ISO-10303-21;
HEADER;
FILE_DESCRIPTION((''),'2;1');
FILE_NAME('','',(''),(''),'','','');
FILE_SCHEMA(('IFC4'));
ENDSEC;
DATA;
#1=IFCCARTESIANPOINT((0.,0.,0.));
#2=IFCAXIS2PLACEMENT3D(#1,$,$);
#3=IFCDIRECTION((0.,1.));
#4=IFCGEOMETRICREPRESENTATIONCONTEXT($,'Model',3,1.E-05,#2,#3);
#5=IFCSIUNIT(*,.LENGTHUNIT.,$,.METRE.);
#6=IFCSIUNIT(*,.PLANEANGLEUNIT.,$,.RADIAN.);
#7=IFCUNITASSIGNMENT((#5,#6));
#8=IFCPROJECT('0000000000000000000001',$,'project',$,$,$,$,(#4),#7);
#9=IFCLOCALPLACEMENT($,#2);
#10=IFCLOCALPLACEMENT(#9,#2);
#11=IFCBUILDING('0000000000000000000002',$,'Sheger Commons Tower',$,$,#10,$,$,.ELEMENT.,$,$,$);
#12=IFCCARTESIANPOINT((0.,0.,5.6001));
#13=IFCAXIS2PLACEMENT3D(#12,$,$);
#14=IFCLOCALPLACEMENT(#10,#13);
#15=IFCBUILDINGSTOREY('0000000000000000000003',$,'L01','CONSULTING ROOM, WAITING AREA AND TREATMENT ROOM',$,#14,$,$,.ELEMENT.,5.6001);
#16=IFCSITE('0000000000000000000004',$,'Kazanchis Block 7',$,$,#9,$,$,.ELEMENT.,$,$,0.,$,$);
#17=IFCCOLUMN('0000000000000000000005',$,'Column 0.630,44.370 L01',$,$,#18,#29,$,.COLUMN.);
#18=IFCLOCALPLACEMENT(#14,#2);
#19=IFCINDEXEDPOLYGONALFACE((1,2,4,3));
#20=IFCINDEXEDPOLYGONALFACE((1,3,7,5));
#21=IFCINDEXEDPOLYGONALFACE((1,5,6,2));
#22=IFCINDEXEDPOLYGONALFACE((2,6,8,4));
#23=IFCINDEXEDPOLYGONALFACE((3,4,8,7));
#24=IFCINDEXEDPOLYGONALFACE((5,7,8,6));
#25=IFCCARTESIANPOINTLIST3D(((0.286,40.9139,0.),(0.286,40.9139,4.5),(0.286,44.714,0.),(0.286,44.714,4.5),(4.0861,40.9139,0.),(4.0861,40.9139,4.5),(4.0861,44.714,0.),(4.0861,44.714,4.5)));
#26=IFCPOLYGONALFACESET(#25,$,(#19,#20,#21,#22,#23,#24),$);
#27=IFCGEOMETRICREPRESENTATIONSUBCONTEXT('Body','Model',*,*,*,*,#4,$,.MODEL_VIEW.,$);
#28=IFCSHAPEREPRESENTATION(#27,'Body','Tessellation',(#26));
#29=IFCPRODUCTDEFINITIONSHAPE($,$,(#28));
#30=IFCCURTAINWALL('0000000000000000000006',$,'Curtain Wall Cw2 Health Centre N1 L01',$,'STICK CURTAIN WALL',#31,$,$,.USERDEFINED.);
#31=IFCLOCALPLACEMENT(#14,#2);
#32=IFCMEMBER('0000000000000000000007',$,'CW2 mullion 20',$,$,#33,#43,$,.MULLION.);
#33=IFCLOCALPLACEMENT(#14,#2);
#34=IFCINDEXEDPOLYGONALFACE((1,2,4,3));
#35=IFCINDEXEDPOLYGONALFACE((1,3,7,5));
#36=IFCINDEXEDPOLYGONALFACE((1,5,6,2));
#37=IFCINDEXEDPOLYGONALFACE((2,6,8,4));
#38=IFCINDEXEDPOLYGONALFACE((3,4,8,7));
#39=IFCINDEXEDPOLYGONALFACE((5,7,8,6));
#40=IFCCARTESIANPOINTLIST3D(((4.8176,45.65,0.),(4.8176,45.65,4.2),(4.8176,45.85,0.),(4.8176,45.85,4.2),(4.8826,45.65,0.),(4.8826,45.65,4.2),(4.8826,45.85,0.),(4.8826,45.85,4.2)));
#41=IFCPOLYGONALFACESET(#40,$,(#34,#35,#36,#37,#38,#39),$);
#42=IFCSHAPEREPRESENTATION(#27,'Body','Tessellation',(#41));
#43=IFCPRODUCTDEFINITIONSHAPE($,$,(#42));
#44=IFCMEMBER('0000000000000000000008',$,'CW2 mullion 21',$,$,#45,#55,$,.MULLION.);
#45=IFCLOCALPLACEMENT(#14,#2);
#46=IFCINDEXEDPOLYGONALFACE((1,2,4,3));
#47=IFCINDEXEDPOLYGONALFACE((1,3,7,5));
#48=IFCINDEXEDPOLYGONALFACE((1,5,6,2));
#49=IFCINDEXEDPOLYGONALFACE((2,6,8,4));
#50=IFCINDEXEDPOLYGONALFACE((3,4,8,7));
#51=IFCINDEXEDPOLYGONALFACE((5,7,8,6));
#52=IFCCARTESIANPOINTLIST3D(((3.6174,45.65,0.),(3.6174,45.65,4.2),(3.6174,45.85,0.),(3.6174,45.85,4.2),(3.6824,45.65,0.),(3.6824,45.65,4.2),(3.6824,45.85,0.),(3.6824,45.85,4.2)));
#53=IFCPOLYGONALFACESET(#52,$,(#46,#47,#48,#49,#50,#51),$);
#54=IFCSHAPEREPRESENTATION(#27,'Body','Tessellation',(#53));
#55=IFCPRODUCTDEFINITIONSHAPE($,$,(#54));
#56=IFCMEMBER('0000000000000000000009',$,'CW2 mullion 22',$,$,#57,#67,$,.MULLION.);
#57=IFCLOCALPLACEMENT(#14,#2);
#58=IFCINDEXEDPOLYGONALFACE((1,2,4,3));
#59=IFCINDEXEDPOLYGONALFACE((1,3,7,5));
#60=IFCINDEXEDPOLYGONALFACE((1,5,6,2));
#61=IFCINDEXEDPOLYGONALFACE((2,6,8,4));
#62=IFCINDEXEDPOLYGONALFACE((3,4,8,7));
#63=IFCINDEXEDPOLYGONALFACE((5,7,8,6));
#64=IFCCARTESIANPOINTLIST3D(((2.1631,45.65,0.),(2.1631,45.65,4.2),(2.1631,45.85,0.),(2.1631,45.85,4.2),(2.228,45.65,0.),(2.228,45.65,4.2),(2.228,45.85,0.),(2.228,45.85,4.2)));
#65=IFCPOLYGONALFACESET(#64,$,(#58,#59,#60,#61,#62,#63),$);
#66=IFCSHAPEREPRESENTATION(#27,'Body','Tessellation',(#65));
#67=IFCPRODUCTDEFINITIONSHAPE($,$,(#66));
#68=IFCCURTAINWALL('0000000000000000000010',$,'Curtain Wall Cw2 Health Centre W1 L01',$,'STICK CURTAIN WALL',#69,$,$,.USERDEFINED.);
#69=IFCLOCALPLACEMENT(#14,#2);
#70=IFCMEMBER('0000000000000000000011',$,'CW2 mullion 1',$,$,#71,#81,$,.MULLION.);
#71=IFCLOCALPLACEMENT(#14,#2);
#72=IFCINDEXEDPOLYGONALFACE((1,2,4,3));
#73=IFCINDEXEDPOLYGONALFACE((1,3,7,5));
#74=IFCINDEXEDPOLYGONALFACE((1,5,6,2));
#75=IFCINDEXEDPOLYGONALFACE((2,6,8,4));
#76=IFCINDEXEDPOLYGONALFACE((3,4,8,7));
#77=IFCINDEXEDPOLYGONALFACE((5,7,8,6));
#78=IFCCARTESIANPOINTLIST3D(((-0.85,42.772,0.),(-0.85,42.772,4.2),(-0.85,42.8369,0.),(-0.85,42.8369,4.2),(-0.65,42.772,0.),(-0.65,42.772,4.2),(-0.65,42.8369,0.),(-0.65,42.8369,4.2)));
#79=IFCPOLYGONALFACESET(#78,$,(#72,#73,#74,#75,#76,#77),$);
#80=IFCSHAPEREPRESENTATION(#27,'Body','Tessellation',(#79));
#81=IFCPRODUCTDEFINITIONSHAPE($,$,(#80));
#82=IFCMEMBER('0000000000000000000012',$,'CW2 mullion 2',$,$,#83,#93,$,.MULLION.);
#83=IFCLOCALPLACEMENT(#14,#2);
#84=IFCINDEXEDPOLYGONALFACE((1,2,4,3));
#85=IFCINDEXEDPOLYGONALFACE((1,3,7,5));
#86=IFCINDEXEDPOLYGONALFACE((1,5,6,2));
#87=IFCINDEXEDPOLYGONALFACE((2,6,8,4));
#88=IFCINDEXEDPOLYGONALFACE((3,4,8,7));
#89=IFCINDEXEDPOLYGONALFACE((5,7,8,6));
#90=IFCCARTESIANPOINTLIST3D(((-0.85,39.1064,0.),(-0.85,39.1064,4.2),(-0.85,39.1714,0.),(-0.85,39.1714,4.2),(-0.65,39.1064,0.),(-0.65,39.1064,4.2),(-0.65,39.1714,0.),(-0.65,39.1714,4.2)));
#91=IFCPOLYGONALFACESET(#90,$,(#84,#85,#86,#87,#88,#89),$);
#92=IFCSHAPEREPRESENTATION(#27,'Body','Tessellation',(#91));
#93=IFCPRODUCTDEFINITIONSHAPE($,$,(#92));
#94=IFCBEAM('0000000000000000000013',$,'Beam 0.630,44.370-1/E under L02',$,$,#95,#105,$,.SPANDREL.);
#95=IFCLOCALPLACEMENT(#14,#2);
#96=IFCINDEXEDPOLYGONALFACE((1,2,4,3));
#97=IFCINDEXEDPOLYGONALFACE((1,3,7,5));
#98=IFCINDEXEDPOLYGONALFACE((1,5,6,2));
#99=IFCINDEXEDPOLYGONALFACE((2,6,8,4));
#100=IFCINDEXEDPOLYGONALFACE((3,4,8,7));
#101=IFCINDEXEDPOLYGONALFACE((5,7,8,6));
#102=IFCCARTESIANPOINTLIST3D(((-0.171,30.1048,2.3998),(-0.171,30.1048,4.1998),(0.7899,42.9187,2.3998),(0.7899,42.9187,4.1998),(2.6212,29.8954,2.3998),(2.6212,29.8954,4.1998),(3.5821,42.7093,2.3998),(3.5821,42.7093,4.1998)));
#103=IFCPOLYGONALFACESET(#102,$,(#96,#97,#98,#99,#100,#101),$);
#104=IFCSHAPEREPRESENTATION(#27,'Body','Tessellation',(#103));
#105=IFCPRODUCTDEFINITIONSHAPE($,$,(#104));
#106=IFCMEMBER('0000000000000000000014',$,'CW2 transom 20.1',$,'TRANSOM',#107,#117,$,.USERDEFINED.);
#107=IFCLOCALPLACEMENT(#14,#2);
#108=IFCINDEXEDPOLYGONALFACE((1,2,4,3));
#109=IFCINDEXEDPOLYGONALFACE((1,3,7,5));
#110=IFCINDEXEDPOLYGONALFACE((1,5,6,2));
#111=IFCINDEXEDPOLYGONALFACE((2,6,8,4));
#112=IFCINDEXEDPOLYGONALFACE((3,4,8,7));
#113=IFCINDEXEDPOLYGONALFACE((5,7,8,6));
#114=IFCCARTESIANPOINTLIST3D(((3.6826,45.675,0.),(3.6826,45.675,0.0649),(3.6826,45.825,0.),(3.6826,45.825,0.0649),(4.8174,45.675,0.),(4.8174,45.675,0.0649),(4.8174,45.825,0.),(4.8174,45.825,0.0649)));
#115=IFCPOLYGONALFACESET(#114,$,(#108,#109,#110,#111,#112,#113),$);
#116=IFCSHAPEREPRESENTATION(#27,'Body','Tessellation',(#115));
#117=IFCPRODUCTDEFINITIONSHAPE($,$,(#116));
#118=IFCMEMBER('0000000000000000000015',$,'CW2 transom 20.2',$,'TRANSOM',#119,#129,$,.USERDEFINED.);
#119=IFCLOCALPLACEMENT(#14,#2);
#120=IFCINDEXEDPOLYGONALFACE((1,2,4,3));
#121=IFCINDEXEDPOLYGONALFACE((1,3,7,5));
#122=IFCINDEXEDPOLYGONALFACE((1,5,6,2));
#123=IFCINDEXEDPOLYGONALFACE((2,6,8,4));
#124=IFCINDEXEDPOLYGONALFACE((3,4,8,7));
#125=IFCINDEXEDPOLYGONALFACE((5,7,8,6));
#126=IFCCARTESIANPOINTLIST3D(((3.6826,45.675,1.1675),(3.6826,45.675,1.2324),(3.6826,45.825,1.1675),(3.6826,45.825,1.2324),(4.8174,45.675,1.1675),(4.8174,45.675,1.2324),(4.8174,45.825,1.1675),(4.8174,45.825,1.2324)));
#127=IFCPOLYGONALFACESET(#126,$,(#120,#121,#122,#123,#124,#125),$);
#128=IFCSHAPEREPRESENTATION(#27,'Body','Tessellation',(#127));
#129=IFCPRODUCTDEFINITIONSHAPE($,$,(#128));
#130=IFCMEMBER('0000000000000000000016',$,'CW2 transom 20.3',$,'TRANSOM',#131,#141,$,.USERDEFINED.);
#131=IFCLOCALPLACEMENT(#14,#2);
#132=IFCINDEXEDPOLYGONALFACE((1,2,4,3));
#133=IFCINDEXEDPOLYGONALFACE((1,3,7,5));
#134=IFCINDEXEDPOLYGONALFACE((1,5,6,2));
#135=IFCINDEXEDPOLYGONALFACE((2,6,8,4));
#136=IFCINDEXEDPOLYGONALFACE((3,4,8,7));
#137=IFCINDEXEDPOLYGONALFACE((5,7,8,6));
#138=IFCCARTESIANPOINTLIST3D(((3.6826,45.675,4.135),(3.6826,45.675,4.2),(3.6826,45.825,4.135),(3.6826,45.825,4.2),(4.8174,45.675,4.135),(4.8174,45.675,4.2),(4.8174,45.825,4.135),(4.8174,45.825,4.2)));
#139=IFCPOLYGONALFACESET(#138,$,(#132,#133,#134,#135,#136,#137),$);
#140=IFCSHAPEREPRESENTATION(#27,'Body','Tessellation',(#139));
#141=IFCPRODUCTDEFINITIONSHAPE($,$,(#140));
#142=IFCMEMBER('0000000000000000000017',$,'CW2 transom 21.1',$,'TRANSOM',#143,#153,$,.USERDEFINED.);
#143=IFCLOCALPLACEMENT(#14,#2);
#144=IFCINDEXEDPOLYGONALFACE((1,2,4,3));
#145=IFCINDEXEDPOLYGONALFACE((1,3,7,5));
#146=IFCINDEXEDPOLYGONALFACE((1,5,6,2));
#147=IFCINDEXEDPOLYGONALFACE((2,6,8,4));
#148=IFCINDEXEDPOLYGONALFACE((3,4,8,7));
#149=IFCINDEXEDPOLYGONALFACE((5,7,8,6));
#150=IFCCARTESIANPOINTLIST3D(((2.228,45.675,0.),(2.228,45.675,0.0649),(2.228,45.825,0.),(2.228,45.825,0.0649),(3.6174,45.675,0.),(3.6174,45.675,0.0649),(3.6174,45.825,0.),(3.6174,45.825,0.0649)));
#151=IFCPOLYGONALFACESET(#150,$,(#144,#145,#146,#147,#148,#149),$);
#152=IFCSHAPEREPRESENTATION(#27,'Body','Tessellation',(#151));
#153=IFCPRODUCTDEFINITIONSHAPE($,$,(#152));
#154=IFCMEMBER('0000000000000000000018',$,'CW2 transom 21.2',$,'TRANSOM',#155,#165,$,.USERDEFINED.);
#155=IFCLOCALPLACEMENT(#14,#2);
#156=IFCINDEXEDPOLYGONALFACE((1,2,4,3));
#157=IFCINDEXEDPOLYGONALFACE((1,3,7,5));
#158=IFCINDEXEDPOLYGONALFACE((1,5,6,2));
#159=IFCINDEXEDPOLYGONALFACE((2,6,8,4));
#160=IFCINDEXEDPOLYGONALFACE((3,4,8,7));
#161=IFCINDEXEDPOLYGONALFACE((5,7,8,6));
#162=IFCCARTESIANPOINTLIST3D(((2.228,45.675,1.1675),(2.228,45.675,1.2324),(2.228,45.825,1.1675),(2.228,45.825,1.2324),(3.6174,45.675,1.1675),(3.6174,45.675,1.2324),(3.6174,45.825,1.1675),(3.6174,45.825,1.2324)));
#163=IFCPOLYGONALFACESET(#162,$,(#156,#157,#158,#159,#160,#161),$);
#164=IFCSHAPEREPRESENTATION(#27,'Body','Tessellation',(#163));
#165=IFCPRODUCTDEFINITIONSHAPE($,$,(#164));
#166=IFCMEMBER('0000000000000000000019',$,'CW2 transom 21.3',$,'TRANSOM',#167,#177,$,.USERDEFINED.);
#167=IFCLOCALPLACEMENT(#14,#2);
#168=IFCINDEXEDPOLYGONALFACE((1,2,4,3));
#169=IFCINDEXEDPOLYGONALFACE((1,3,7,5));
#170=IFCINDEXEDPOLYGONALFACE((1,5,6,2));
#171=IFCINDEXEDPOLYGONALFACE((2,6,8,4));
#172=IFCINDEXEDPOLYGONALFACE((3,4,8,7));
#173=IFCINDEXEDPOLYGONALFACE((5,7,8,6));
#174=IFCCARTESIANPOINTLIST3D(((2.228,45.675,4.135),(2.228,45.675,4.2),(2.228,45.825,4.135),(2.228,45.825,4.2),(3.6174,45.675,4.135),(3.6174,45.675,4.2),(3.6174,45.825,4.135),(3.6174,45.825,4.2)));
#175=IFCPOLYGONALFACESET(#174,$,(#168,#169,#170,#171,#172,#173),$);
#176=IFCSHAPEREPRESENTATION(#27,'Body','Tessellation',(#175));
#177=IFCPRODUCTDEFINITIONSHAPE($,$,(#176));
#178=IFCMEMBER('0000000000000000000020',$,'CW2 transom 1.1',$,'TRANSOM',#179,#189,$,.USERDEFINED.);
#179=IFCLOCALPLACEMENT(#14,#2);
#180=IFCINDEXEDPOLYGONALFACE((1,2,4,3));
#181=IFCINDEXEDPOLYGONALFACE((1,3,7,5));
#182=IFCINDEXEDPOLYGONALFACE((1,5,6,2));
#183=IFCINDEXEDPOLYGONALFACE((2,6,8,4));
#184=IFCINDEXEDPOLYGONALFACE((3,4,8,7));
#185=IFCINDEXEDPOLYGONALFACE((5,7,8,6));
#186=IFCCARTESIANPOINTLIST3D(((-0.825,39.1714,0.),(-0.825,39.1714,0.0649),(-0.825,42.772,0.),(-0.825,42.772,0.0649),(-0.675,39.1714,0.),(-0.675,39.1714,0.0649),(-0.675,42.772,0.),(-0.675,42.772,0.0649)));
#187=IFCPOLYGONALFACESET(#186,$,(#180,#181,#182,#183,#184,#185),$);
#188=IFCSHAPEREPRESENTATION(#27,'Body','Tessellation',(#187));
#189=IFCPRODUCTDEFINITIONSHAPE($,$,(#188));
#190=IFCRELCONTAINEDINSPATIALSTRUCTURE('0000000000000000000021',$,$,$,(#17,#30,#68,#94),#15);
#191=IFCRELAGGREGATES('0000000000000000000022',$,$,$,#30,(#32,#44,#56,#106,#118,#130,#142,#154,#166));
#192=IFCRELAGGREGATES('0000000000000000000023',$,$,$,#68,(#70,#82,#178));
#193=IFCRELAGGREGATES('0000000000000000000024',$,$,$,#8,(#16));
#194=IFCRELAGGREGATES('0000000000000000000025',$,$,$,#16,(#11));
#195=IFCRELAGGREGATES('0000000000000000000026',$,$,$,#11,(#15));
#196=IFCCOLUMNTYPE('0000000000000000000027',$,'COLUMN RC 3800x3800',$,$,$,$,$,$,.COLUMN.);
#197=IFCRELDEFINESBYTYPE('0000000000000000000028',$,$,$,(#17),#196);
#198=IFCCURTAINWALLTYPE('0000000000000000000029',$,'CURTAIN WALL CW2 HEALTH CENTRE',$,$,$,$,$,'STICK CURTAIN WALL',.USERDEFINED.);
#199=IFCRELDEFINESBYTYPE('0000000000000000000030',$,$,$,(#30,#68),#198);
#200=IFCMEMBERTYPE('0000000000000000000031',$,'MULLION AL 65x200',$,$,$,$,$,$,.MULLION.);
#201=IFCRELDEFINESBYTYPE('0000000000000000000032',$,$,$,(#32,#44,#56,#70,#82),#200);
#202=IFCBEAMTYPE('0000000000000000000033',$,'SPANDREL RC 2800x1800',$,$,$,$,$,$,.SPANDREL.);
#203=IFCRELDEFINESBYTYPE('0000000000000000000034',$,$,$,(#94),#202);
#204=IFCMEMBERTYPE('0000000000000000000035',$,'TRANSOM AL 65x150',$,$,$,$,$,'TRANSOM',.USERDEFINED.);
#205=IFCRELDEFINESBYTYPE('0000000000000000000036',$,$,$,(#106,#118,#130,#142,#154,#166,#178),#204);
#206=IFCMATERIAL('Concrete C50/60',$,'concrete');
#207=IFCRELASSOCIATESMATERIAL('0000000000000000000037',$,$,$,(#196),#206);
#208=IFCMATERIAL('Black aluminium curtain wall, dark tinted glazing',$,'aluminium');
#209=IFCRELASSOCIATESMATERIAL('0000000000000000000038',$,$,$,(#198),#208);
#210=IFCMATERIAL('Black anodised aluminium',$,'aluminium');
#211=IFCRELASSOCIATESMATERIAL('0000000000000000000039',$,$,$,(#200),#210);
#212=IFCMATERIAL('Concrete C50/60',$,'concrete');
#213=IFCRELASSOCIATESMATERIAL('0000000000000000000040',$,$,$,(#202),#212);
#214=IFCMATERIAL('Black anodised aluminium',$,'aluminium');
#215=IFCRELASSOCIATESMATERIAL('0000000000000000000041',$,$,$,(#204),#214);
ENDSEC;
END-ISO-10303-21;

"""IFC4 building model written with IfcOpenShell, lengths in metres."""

from ifc_helpers import new_model, si_unit, direction, frame, origin, origin_2d, place, context, subcontext, project, spatial, rectangle, extrude, material, material_profile, profile_set, type_object, element, aggregate, save


model = new_model("IFC4")

# Units and contexts
model_context = context("Model", 3, precision=1e-05, world=origin(), true_north=direction((0.0, 1.0)))
body_context = subcontext(model_context, "Body", "Model", "MODEL_VIEW")
ifc_project = project(units=[si_unit("LENGTHUNIT", "METRE"), si_unit("PLANEANGLEUNIT", "RADIAN")], contexts=[model_context])

# Site, building, storey
site_placement = place(None, origin())
site = spatial("IfcSite", under=ifc_project, at=site_placement, Name="Kazanchis Block 7", CompositionType="ELEMENT", RefElevation=0.0)
building_placement = place(site_placement, origin())
building = spatial("IfcBuilding", under=site, at=building_placement, Name="Sheger Commons Tower", CompositionType="ELEMENT")
storey_placement = place(building_placement, frame((0.0, 0.0, 5.6001)))
storey = spatial("IfcBuildingStorey", under=building, at=storey_placement, Name="L01", Description="CONSULTING ROOM, WAITING AREA AND TREATMENT ROOM", CompositionType="ELEMENT", Elevation=5.6001)

# Column
ifc_material_1 = material(Name="Concrete C50/60", Category="concrete")
ifc_material_profile_1 = material_profile(ifc_material_1, rectangle(XDim=3.8, YDim=3.8, at=origin_2d()), Name="RC 3800x3800")
ifc_profile_set_1 = profile_set([ifc_material_profile_1], Name="Concrete C50/60")
column_type = type_object("IfcColumnType", Name="COLUMN RC 3800x3800", PredefinedType="COLUMN", material=ifc_profile_set_1)
column_placement = place(storey_placement, frame((2.186, 42.814, 0.0), z_axis=(0.0, 0.0, 1.0), x_axis=(1.0, 0.0, 0.0)))
element("IfcColumn", 1, at=column_placement, inside=storey, type_object=column_type, Name="Column 0.630,44.370 L01", PredefinedType="COLUMN", context=body_context, shape_type="SweptSolid", body=[
    extrude(rectangle(XDim=3.8, YDim=3.8, at=origin_2d()), origin(), (0.0, 0.0, 1.0), 4.5),
])

# Curtain walls, members
ifc_material_2 = material(Name="Black aluminium curtain wall, dark tinted glazing", Category="aluminium")
curtain_wall_type = type_object("IfcCurtainWallType", Name="CURTAIN WALL CW2 HEALTH CENTRE", ElementType="STICK CURTAIN WALL", PredefinedType="USERDEFINED", material=ifc_material_2)
curtain_wall_1_placement = place(storey_placement, origin())
curtain_wall_1 = element("IfcCurtainWall", 2, at=curtain_wall_1_placement, inside=storey, type_object=curtain_wall_type, Name="Curtain Wall Cw2 Health Centre N1 L01", ObjectType="STICK CURTAIN WALL", PredefinedType="USERDEFINED")
ifc_material_3 = material(Name="Black anodised aluminium", Category="aluminium")
ifc_material_profile_2 = material_profile(ifc_material_3, rectangle(XDim=0.2, YDim=0.0649, at=origin_2d()), Name="AL 65x200")
ifc_profile_set_2 = profile_set([ifc_material_profile_2], Name="Black anodised aluminium")
member_type_1 = type_object("IfcMemberType", Name="MULLION AL 65x200", PredefinedType="MULLION", material=ifc_profile_set_2)
member_1_placement = place(storey_placement, frame((4.8501, 45.75, 0.0), z_axis=(0.0, 0.0, 1.0), x_axis=(0.0, -1.0, 0.0)))
member_1 = element("IfcMember", 3, at=member_1_placement, type_object=member_type_1, Name="CW2 mullion 20", PredefinedType="MULLION", context=body_context, shape_type="SweptSolid", body=[
    extrude(rectangle(XDim=0.2, YDim=0.0649, at=origin_2d()), origin(), (0.0, 0.0, 1.0), 4.2),
])
member_2_placement = place(storey_placement, frame((3.6499, 45.75, 0.0), z_axis=(0.0, 0.0, 1.0), x_axis=(0.0, -1.0, 0.0)))
member_2 = element("IfcMember", 4, at=member_2_placement, type_object=member_type_1, Name="CW2 mullion 21", PredefinedType="MULLION", context=body_context, shape_type="SweptSolid", body=[
    extrude(rectangle(XDim=0.2, YDim=0.0649, at=origin_2d()), origin(), (0.0, 0.0, 1.0), 4.2),
])
member_3_placement = place(storey_placement, frame((2.1956, 45.75, 0.0), z_axis=(0.0, 0.0, 1.0), x_axis=(0.0, -1.0, 0.0)))
member_3 = element("IfcMember", 5, at=member_3_placement, type_object=member_type_1, Name="CW2 mullion 22", PredefinedType="MULLION", context=body_context, shape_type="SweptSolid", body=[
    extrude(rectangle(XDim=0.2, YDim=0.0649, at=origin_2d()), origin(), (0.0, 0.0, 1.0), 4.2),
])
curtain_wall_2_placement = place(storey_placement, origin())
curtain_wall_2 = element("IfcCurtainWall", 6, at=curtain_wall_2_placement, inside=storey, type_object=curtain_wall_type, Name="Curtain Wall Cw2 Health Centre W1 L01", ObjectType="STICK CURTAIN WALL", PredefinedType="USERDEFINED")
member_4_placement = place(storey_placement, frame((-0.75, 42.8044, 0.0), z_axis=(0.0, 0.0, 1.0), x_axis=(1.0, 0.0, 0.0)))
member_4 = element("IfcMember", 7, at=member_4_placement, type_object=member_type_1, Name="CW2 mullion 1", PredefinedType="MULLION", context=body_context, shape_type="SweptSolid", body=[
    extrude(rectangle(XDim=0.2, YDim=0.0649, at=origin_2d()), origin(), (0.0, 0.0, 1.0), 4.2),
])
member_5_placement = place(storey_placement, frame((-0.75, 39.1389, 0.0), z_axis=(0.0, 0.0, 1.0), x_axis=(1.0, 0.0, 0.0)))
member_5 = element("IfcMember", 8, at=member_5_placement, type_object=member_type_1, Name="CW2 mullion 2", PredefinedType="MULLION", context=body_context, shape_type="SweptSolid", body=[
    extrude(rectangle(XDim=0.2, YDim=0.0649, at=origin_2d()), origin(), (0.0, 0.0, 1.0), 4.2),
])

# Beam
ifc_material_4 = material(Name="Concrete C50/60", Category="concrete")
ifc_material_profile_3 = material_profile(ifc_material_4, rectangle(XDim=2.8, YDim=1.8, at=origin_2d()), Name="RC 2800x1800")
ifc_profile_set_3 = profile_set([ifc_material_profile_3], Name="Concrete C50/60")
beam_type = type_object("IfcBeamType", Name="SPANDREL RC 2800x1800", PredefinedType="SPANDREL", material=ifc_profile_set_3)
beam_placement = place(storey_placement, frame((2.186, 42.814, 3.2998), z_axis=(-0.074781, -0.9972, 0.0), x_axis=(0.9972, -0.074781, 0.0)))
element("IfcBeam", 9, at=beam_placement, inside=storey, type_object=beam_type, Name="Beam 0.630,44.370-1/E under L02", PredefinedType="SPANDREL", context=body_context, shape_type="SweptSolid", body=[
    extrude(rectangle(XDim=2.8, YDim=1.8, at=origin_2d()), origin(), (0.0, 0.0, 1.0), 12.8499),
])

# Members
ifc_material_5 = material(Name="Black anodised aluminium", Category="aluminium")
ifc_material_profile_4 = material_profile(ifc_material_5, rectangle(XDim=0.1499, YDim=0.0649, at=origin_2d()), Name="AL 65x150")
ifc_profile_set_4 = profile_set([ifc_material_profile_4], Name="Black anodised aluminium")
member_type_2 = type_object("IfcMemberType", Name="TRANSOM AL 65x150", ElementType="TRANSOM", PredefinedType="USERDEFINED", material=ifc_profile_set_4)
member_6_placement = place(storey_placement, frame((4.8174, 45.75, 0.0325), z_axis=(-1.0, 0.0, 0.0), x_axis=(0.0, -1.0, 0.0)))
member_6 = element("IfcMember", 10, at=member_6_placement, type_object=member_type_2, Name="CW2 transom 20.1", ObjectType="TRANSOM", PredefinedType="USERDEFINED", context=body_context, shape_type="SweptSolid", body=[
    extrude(rectangle(XDim=0.1499, YDim=0.0649, at=origin_2d()), origin(), (0.0, 0.0, 1.0), 1.1348),
])
member_7_placement = place(storey_placement, frame((4.8174, 45.75, 1.2), z_axis=(-1.0, 0.0, 0.0), x_axis=(0.0, -1.0, 0.0)))
member_7 = element("IfcMember", 11, at=member_7_placement, type_object=member_type_2, Name="CW2 transom 20.2", ObjectType="TRANSOM", PredefinedType="USERDEFINED", context=body_context, shape_type="SweptSolid", body=[
    extrude(rectangle(XDim=0.1499, YDim=0.0649, at=origin_2d()), origin(), (0.0, 0.0, 1.0), 1.1348),
])
member_8_placement = place(storey_placement, frame((4.8174, 45.75, 4.1675), z_axis=(-1.0, 0.0, 0.0), x_axis=(0.0, -1.0, 0.0)))
member_8 = element("IfcMember", 12, at=member_8_placement, type_object=member_type_2, Name="CW2 transom 20.3", ObjectType="TRANSOM", PredefinedType="USERDEFINED", context=body_context, shape_type="SweptSolid", body=[
    extrude(rectangle(XDim=0.1499, YDim=0.0649, at=origin_2d()), origin(), (0.0, 0.0, 1.0), 1.1348),
])
member_9_placement = place(storey_placement, frame((3.6174, 45.75, 0.0325), z_axis=(-1.0, 0.0, 0.0), x_axis=(0.0, -1.0, 0.0)))
member_9 = element("IfcMember", 13, at=member_9_placement, type_object=member_type_2, Name="CW2 transom 21.1", ObjectType="TRANSOM", PredefinedType="USERDEFINED", context=body_context, shape_type="SweptSolid", body=[
    extrude(rectangle(XDim=0.1499, YDim=0.0649, at=origin_2d()), origin(), (0.0, 0.0, 1.0), 1.3894),
])
member_10_placement = place(storey_placement, frame((3.6174, 45.75, 1.2), z_axis=(-1.0, 0.0, 0.0), x_axis=(0.0, -1.0, 0.0)))
member_10 = element("IfcMember", 14, at=member_10_placement, type_object=member_type_2, Name="CW2 transom 21.2", ObjectType="TRANSOM", PredefinedType="USERDEFINED", context=body_context, shape_type="SweptSolid", body=[
    extrude(rectangle(XDim=0.1499, YDim=0.0649, at=origin_2d()), origin(), (0.0, 0.0, 1.0), 1.3894),
])
member_11_placement = place(storey_placement, frame((3.6174, 45.75, 4.1675), z_axis=(-1.0, 0.0, 0.0), x_axis=(0.0, -1.0, 0.0)))
member_11 = element("IfcMember", 15, at=member_11_placement, type_object=member_type_2, Name="CW2 transom 21.3", ObjectType="TRANSOM", PredefinedType="USERDEFINED", context=body_context, shape_type="SweptSolid", body=[
    extrude(rectangle(XDim=0.1499, YDim=0.0649, at=origin_2d()), origin(), (0.0, 0.0, 1.0), 1.3894),
])
member_12_placement = place(storey_placement, frame((-0.75, 42.772, 0.0325), z_axis=(0.0, -1.0, 0.0), x_axis=(1.0, 0.0, 0.0)))
member_12 = element("IfcMember", 16, at=member_12_placement, type_object=member_type_2, Name="CW2 transom 1.1", ObjectType="TRANSOM", PredefinedType="USERDEFINED", context=body_context, shape_type="SweptSolid", body=[
    extrude(rectangle(XDim=0.1499, YDim=0.0649, at=origin_2d()), origin(), (0.0, 0.0, 1.0), 3.6006),
])

aggregate(curtain_wall_1, [member_1, member_2, member_3, member_6, member_7, member_8, member_9, member_10, member_11])
aggregate(curtain_wall_2, [member_4, member_5, member_12])

save(model, "model.ifc")
